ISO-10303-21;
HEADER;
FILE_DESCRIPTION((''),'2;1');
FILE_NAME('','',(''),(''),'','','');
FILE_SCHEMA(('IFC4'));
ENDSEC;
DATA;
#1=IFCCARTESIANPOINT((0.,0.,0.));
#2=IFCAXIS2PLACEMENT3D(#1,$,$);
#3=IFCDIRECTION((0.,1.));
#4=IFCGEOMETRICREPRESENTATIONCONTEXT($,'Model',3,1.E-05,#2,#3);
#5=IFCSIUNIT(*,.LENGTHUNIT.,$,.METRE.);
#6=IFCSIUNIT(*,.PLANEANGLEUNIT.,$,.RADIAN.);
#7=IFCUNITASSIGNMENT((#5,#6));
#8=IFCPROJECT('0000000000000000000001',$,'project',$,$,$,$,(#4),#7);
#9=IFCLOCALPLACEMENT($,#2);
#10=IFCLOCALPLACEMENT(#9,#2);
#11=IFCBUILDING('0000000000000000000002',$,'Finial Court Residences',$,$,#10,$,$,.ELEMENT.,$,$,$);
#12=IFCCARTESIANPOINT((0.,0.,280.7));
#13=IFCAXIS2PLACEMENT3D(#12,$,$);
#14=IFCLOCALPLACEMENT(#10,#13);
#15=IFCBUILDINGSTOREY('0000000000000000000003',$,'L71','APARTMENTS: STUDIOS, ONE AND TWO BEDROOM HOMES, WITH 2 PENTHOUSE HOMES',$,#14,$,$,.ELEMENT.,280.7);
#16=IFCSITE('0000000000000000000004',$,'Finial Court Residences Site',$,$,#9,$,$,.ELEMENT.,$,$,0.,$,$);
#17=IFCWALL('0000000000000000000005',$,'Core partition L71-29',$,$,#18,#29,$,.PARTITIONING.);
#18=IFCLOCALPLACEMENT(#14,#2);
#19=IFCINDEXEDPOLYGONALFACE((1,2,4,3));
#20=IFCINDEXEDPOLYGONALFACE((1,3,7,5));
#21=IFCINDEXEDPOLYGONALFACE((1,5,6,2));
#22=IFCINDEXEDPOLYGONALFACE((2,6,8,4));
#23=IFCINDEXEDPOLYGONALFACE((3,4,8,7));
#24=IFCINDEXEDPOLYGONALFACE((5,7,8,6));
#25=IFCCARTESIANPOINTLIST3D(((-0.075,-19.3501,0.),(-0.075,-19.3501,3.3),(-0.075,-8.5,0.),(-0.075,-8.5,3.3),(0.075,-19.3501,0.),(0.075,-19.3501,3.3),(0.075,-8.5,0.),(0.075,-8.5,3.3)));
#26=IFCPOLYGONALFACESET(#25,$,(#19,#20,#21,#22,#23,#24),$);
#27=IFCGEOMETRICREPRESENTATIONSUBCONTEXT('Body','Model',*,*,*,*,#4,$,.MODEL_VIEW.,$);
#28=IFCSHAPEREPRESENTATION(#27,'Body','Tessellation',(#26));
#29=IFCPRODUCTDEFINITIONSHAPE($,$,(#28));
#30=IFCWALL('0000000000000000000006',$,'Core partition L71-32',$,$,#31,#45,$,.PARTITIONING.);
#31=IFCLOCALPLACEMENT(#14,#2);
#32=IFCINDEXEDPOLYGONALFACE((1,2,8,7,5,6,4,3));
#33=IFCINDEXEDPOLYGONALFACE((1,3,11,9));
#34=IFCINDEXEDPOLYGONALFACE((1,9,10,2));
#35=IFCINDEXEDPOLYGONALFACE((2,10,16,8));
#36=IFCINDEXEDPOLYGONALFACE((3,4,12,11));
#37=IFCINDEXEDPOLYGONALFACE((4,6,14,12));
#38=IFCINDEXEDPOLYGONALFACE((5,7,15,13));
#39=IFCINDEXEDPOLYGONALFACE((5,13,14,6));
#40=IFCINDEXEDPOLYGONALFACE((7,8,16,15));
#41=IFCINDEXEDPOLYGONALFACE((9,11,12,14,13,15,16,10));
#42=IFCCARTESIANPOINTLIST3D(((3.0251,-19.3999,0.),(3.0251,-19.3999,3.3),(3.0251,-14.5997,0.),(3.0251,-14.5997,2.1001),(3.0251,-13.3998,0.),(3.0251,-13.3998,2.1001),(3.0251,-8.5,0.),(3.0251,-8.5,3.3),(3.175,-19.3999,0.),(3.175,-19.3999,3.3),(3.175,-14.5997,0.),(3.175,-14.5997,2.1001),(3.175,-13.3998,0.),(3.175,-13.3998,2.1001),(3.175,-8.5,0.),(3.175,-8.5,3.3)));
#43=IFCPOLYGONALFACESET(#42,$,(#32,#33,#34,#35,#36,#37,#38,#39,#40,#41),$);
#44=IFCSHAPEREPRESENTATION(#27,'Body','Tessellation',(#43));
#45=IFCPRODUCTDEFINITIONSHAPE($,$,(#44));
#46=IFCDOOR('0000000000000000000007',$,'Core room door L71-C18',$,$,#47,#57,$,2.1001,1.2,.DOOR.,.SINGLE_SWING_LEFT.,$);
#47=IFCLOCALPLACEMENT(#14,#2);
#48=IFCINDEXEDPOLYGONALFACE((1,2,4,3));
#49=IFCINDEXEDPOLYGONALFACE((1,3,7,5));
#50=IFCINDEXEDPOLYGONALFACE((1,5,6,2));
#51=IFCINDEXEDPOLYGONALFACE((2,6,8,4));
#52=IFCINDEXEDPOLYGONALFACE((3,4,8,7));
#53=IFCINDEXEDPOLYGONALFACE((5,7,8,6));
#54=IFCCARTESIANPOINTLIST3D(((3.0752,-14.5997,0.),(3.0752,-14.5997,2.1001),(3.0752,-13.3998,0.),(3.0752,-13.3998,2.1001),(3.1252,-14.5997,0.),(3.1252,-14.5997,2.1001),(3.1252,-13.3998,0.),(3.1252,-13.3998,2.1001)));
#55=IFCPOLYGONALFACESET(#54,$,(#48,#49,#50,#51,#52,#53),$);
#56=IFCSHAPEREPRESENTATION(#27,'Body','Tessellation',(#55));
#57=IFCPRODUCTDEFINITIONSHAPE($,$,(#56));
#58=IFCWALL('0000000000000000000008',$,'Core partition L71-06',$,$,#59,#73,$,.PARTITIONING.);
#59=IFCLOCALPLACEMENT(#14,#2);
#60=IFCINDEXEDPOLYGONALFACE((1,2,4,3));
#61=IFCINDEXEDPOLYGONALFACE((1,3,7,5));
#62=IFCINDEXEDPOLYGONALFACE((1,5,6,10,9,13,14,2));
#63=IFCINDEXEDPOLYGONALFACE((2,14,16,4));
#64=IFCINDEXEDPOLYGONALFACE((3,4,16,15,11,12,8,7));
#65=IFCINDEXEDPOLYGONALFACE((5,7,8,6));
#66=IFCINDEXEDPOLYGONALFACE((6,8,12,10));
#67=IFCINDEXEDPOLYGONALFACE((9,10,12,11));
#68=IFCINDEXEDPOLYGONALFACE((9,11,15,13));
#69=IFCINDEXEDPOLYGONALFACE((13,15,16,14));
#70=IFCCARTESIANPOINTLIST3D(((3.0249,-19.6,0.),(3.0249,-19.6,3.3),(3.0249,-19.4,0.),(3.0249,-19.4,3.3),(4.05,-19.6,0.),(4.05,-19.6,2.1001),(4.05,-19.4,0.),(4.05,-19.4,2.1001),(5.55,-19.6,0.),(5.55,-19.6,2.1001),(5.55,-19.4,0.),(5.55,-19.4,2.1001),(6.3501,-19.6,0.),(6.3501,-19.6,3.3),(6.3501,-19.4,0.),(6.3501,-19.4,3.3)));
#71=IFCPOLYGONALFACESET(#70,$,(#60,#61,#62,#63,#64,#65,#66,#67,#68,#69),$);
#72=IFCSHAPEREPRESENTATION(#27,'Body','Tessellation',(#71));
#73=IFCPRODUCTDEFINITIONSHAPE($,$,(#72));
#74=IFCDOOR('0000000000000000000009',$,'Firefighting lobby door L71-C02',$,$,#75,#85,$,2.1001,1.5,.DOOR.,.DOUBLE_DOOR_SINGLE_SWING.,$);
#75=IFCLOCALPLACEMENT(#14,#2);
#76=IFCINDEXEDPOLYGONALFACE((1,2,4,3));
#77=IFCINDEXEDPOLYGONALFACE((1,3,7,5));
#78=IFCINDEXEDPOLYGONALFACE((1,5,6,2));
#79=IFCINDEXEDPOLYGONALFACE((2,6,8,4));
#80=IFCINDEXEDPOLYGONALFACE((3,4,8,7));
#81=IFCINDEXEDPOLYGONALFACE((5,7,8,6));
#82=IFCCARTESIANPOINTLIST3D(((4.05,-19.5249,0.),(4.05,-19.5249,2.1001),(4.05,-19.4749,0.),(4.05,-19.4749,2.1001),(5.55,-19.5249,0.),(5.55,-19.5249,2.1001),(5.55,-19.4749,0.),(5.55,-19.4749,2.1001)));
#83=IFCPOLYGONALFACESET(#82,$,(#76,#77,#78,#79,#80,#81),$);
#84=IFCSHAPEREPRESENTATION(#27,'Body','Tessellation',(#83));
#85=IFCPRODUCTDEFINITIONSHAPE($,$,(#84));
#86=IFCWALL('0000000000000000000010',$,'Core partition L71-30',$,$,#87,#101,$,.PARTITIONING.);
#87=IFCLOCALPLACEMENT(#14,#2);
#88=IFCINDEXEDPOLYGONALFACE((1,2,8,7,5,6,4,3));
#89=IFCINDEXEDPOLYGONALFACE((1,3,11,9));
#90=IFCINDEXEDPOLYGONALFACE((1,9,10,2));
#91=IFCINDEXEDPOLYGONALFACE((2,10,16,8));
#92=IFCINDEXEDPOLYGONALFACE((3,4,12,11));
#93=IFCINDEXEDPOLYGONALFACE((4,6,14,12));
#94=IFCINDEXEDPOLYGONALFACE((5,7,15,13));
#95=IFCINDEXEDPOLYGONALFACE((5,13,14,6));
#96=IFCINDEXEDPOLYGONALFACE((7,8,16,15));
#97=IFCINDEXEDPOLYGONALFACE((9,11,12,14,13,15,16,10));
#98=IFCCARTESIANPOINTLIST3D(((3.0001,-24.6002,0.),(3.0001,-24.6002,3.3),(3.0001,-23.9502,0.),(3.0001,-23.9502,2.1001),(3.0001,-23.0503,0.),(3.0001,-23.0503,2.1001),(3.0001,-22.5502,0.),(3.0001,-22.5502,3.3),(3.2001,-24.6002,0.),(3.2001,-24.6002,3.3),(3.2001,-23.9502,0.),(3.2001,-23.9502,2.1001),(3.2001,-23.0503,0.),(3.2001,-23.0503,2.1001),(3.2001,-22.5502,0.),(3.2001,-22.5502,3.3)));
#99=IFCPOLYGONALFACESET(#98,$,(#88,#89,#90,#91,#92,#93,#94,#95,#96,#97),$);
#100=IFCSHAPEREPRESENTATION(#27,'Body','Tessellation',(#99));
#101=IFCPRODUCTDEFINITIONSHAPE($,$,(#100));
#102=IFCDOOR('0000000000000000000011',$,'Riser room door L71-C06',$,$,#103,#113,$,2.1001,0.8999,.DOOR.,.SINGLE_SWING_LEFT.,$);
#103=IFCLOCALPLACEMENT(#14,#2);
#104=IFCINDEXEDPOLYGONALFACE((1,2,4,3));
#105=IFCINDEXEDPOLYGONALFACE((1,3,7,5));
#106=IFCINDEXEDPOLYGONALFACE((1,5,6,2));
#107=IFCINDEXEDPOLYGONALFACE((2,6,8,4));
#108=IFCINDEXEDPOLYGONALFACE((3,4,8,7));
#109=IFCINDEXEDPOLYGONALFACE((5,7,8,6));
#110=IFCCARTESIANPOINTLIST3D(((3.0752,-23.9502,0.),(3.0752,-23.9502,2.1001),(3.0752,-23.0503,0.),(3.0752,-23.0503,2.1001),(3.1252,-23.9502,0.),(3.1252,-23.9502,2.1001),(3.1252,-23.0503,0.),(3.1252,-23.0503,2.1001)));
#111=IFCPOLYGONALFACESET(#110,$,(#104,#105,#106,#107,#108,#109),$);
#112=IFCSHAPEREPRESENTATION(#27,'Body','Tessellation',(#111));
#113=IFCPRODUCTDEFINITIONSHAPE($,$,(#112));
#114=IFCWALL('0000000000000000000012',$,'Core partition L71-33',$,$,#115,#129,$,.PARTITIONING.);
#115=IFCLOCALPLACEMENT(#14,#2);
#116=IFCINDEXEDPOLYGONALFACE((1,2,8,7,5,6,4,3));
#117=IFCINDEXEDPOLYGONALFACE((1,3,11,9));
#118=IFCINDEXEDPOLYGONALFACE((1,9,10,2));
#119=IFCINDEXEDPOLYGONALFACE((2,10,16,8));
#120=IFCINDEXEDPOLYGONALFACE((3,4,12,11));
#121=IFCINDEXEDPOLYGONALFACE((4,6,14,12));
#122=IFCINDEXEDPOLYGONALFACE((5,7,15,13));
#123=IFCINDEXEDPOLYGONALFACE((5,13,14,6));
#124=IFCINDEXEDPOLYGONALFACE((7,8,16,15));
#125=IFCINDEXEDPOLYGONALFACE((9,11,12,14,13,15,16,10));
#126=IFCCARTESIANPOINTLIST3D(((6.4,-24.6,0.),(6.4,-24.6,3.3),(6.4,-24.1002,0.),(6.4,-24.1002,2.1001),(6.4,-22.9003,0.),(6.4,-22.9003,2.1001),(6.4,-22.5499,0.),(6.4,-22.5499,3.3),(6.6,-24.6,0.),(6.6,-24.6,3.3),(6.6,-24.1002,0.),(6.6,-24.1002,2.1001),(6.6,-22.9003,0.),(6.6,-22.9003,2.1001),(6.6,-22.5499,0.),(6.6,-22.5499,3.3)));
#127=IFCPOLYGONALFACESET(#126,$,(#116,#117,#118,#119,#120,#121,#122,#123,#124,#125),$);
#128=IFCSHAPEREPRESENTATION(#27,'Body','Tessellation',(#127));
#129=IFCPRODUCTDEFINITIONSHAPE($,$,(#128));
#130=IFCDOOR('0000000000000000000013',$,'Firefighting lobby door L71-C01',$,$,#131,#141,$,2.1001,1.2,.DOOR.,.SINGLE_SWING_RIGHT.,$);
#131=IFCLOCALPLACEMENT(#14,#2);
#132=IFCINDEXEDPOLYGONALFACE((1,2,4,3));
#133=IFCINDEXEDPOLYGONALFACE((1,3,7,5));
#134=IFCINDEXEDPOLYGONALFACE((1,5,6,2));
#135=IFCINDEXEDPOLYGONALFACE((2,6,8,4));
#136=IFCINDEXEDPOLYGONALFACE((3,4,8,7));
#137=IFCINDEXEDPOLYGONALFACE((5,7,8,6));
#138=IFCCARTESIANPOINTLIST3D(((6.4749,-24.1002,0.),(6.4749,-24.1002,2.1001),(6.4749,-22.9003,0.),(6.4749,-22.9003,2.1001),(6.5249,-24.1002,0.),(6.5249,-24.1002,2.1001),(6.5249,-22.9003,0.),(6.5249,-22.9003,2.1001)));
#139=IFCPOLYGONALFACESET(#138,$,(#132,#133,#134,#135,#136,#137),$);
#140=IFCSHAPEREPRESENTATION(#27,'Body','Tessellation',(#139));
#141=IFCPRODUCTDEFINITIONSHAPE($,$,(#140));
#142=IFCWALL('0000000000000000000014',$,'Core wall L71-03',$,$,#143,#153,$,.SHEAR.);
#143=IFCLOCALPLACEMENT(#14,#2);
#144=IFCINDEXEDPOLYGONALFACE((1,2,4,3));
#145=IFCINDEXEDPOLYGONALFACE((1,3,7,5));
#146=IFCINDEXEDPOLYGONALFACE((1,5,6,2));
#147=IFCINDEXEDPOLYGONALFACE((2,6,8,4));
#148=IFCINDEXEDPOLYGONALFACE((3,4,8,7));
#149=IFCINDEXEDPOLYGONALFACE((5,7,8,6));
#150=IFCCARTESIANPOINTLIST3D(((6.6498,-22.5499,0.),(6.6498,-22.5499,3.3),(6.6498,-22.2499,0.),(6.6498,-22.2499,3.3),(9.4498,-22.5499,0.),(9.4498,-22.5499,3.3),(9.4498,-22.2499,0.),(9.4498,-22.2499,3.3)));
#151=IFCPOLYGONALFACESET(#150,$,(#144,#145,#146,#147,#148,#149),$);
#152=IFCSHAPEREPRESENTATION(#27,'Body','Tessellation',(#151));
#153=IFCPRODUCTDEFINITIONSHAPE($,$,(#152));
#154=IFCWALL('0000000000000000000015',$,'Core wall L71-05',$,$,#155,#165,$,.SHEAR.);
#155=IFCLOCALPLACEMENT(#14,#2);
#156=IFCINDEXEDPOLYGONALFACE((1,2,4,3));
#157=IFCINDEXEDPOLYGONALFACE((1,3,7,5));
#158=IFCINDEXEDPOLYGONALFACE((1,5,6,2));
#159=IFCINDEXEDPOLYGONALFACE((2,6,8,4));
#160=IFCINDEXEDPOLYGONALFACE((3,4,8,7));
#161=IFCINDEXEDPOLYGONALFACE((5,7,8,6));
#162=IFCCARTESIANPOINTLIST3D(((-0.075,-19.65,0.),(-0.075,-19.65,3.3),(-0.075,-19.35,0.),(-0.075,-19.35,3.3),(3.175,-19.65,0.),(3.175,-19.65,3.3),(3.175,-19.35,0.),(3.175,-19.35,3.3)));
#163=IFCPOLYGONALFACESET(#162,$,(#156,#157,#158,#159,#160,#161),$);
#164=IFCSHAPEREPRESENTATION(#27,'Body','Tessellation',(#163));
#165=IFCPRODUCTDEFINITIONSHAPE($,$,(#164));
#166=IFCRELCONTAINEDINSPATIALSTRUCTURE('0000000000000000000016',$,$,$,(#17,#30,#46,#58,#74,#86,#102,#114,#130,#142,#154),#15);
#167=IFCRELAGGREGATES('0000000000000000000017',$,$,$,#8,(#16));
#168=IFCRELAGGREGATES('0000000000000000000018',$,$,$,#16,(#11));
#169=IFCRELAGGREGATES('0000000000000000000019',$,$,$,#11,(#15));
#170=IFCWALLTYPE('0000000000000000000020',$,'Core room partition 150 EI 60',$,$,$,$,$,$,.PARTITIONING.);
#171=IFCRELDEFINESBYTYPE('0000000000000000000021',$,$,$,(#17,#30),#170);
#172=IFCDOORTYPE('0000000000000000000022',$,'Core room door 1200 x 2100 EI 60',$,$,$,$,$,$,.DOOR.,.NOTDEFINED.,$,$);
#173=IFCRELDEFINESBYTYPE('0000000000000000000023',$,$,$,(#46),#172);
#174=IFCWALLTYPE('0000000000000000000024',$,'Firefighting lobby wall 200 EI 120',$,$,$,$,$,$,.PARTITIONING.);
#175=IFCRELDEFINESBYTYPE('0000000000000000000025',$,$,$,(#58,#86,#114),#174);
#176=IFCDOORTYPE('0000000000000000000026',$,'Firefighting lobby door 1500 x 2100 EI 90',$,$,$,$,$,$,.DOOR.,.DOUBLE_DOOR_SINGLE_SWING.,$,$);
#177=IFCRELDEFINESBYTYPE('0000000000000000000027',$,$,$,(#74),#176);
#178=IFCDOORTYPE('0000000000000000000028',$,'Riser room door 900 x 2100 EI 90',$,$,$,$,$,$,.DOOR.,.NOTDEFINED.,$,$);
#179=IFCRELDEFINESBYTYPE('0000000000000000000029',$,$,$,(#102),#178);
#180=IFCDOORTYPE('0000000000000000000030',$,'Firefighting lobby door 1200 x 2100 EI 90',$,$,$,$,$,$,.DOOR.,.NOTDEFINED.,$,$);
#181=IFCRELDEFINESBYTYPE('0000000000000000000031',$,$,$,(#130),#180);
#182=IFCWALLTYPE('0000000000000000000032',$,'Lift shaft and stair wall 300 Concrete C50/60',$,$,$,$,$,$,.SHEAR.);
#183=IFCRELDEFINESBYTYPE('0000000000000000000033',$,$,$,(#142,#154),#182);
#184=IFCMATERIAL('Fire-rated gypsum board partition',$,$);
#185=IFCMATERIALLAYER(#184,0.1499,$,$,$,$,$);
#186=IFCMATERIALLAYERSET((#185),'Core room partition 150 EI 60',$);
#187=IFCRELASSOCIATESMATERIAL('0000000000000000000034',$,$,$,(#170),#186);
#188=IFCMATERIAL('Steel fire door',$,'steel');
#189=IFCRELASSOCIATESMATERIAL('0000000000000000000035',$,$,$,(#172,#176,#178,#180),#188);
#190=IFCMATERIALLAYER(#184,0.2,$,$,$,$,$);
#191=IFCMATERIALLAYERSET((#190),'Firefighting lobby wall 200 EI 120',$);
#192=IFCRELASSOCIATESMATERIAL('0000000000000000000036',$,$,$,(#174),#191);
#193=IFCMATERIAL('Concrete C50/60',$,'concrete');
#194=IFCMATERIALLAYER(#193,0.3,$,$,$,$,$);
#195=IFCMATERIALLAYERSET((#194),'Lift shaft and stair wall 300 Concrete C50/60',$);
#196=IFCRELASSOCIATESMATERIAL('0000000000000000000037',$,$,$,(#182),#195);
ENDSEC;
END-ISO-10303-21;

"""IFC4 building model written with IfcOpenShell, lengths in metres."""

from ifc_helpers import new_model, si_unit, direction, frame, frame_2d, origin, place, context, subcontext, project, spatial, rectangle, extrude, material, layer, layer_set, type_object, element, fill, save


model = new_model("IFC4")

# Units and contexts
model_context = context("Model", 3, precision=1e-05, world=origin(), true_north=direction((0.0, 1.0)))
body_context = subcontext(model_context, "Body", "Model", "MODEL_VIEW")
ifc_project = project(units=[si_unit("LENGTHUNIT", "METRE"), si_unit("PLANEANGLEUNIT", "RADIAN")], contexts=[model_context])

# Site, building, storey
site_placement = place(None, origin())
site = spatial("IfcSite", under=ifc_project, at=site_placement, Name="Finial Court Residences Site", CompositionType="ELEMENT", RefElevation=0.0)
building_placement = place(site_placement, origin())
building = spatial("IfcBuilding", under=site, at=building_placement, Name="Finial Court Residences", CompositionType="ELEMENT")
storey_placement = place(building_placement, frame((0.0, 0.0, 280.7)))
storey = spatial("IfcBuildingStorey", under=building, at=storey_placement, Name="L71", Description="APARTMENTS: STUDIOS, ONE AND TWO BEDROOM HOMES, WITH 2 PENTHOUSE HOMES", CompositionType="ELEMENT", Elevation=280.7)

# Wall
ifc_material_1 = material(Name="Fire-rated gypsum board partition")
ifc_layer_1 = layer(ifc_material_1, 0.1499)
ifc_layer_set_1 = layer_set([ifc_layer_1], Name="Core room partition 150 EI 60")
wall_type_1 = type_object("IfcWallType", Name="Core room partition 150 EI 60", PredefinedType="PARTITIONING", material=ifc_layer_set_1)
wall_1_placement = place(storey_placement, frame((0.0, -19.3501, 0.0), z_axis=(0.0, 0.0, 1.0), x_axis=(0.0, 1.0, 0.0)))
element("IfcWall", 1, at=wall_1_placement, inside=storey, type_object=wall_type_1, Name="Core partition L71-29", PredefinedType="PARTITIONING", context=body_context, shape_type="SweptSolid", body=[
    extrude(rectangle(XDim=10.8501, YDim=0.1499, at=frame_2d((5.425, 0.0))), origin(), (0.0, 0.0, 1.0), 3.3),
])

# Walls, openings, doors
wall_2_placement = place(storey_placement, frame((3.1001, -19.3999, 0.0), z_axis=(0.0, 0.0, 1.0), x_axis=(0.0, 1.0, 0.0)))
wall_2 = element("IfcWall", 2, at=wall_2_placement, inside=storey, type_object=wall_type_1, Name="Core partition L71-32", PredefinedType="PARTITIONING", context=body_context, shape_type="SweptSolid", body=[
    extrude(rectangle(XDim=10.8999, YDim=0.1499, at=frame_2d((5.45, 0.0))), origin(), (0.0, 0.0, 1.0), 3.3),
])
opening_1_placement = place(wall_2_placement, frame((4.8, 0.0, 0.0)))
opening_1 = element("IfcOpeningElement", 3, at=opening_1_placement, cuts=wall_2, PredefinedType="OPENING", context=body_context, shape_type="SweptSolid", body=[
    extrude(rectangle(XDim=1.2, YDim=2.1001, at=frame_2d((0.6001, 1.05))), frame((0.0, 0.085, 0.0), z_axis=(0.0, -1.0, 0.0), x_axis=(1.0, 0.0, 0.0)), (0.0, 0.0, 1.0), 0.1699),
])
ifc_material_2 = material(Name="Steel fire door", Category="steel")
door_type_1 = type_object("IfcDoorType", Name="Core room door 1200 x 2100 EI 60", OperationType="NOTDEFINED", PredefinedType="DOOR", material=ifc_material_2)
door_1_placement = place(opening_1_placement, origin())
door_1 = element("IfcDoor", 4, at=door_1_placement, inside=storey, type_object=door_type_1, Name="Core room door L71-C18", OperationType="SINGLE_SWING_LEFT", OverallHeight=2.1001, OverallWidth=1.2, PredefinedType="DOOR", context=body_context, shape_type="SweptSolid", body=[
    extrude(rectangle(XDim=1.2, YDim=2.1001, at=frame_2d((0.6001, 1.05))), frame((0.0, 0.0249, 0.0), z_axis=(0.0, -1.0, 0.0), x_axis=(1.0, 0.0, 0.0)), (0.0, 0.0, 1.0), 0.05),
])
fill(opening_1, door_1)
ifc_layer_2 = layer(ifc_material_1, 0.2)
ifc_layer_set_2 = layer_set([ifc_layer_2], Name="Firefighting lobby wall 200 EI 120")
wall_type_2 = type_object("IfcWallType", Name="Firefighting lobby wall 200 EI 120", PredefinedType="PARTITIONING", material=ifc_layer_set_2)
wall_3_placement = place(storey_placement, frame((6.3501, -19.5, 0.0), z_axis=(0.0, 0.0, 1.0), x_axis=(-1.0, 0.0, 0.0)))
wall_3 = element("IfcWall", 5, at=wall_3_placement, inside=storey, type_object=wall_type_2, Name="Core partition L71-06", PredefinedType="PARTITIONING", context=body_context, shape_type="SweptSolid", body=[
    extrude(rectangle(XDim=3.3252, YDim=0.2, at=frame_2d((1.6626, 0.0))), origin(), (0.0, 0.0, 1.0), 3.3),
])
opening_2_placement = place(wall_3_placement, frame((0.8, 0.0, 0.0)))
opening_2 = element("IfcOpeningElement", 6, at=opening_2_placement, cuts=wall_3, PredefinedType="OPENING", context=body_context, shape_type="SweptSolid", body=[
    extrude(rectangle(XDim=1.5, YDim=2.1001, at=frame_2d((0.75, 1.05))), frame((0.0, 0.1099, 0.0), z_axis=(0.0, -1.0, 0.0), x_axis=(1.0, 0.0, 0.0)), (0.0, 0.0, 1.0), 0.22),
])
door_type_2 = type_object("IfcDoorType", Name="Firefighting lobby door 1500 x 2100 EI 90", OperationType="DOUBLE_DOOR_SINGLE_SWING", PredefinedType="DOOR", material=ifc_material_2)
door_2_placement = place(opening_2_placement, origin())
door_2 = element("IfcDoor", 7, at=door_2_placement, inside=storey, type_object=door_type_2, Name="Firefighting lobby door L71-C02", OperationType="DOUBLE_DOOR_SINGLE_SWING", OverallHeight=2.1001, OverallWidth=1.5, PredefinedType="DOOR", context=body_context, shape_type="SweptSolid", body=[
    extrude(rectangle(XDim=1.5, YDim=2.1001, at=frame_2d((0.75, 1.05))), frame((0.0, 0.0249, 0.0), z_axis=(0.0, -1.0, 0.0), x_axis=(1.0, 0.0, 0.0)), (0.0, 0.0, 1.0), 0.05),
])
fill(opening_2, door_2)
wall_4_placement = place(storey_placement, frame((3.1001, -24.6001, 0.0), z_axis=(0.0, 0.0, 1.0), x_axis=(0.0, 1.0, 0.0)))
wall_4 = element("IfcWall", 8, at=wall_4_placement, inside=storey, type_object=wall_type_2, Name="Core partition L71-30", PredefinedType="PARTITIONING", context=body_context, shape_type="SweptSolid", body=[
    extrude(rectangle(XDim=2.05, YDim=0.2, at=frame_2d((1.0249, 0.0))), origin(), (0.0, 0.0, 1.0), 3.3),
])
opening_3_placement = place(wall_4_placement, frame((0.6499, 0.0, 0.0)))
opening_3 = element("IfcOpeningElement", 9, at=opening_3_placement, cuts=wall_4, PredefinedType="OPENING", context=body_context, shape_type="SweptSolid", body=[
    extrude(rectangle(XDim=0.8999, YDim=2.1001, at=frame_2d((0.45, 1.05))), frame((0.0, 0.1099, 0.0), z_axis=(0.0, -1.0, 0.0), x_axis=(1.0, 0.0, 0.0)), (0.0, 0.0, 1.0), 0.22),
])
door_type_3 = type_object("IfcDoorType", Name="Riser room door 900 x 2100 EI 90", OperationType="NOTDEFINED", PredefinedType="DOOR", material=ifc_material_2)
door_3_placement = place(opening_3_placement, origin())
door_3 = element("IfcDoor", 10, at=door_3_placement, inside=storey, type_object=door_type_3, Name="Riser room door L71-C06", OperationType="SINGLE_SWING_LEFT", OverallHeight=2.1001, OverallWidth=0.8999, PredefinedType="DOOR", context=body_context, shape_type="SweptSolid", body=[
    extrude(rectangle(XDim=0.8999, YDim=2.1001, at=frame_2d((0.45, 1.05))), frame((0.0, 0.0249, 0.0), z_axis=(0.0, -1.0, 0.0), x_axis=(1.0, 0.0, 0.0)), (0.0, 0.0, 1.0), 0.05),
])
fill(opening_3, door_3)
wall_5_placement = place(storey_placement, frame((6.5, -22.55, 0.0), z_axis=(0.0, 0.0, 1.0), x_axis=(0.0, -1.0, 0.0)))
wall_5 = element("IfcWall", 11, at=wall_5_placement, inside=storey, type_object=wall_type_2, Name="Core partition L71-33", PredefinedType="PARTITIONING", context=body_context, shape_type="SweptSolid", body=[
    extrude(rectangle(XDim=2.05, YDim=0.2, at=frame_2d((1.0249, 0.0))), origin(), (0.0, 0.0, 1.0), 3.3),
])
opening_4_placement = place(wall_5_placement, frame((0.3501, 0.0, 0.0)))
opening_4 = element("IfcOpeningElement", 12, at=opening_4_placement, cuts=wall_5, PredefinedType="OPENING", context=body_context, shape_type="SweptSolid", body=[
    extrude(rectangle(XDim=1.2, YDim=2.1001, at=frame_2d((0.6001, 1.05))), frame((0.0, 0.1099, 0.0), z_axis=(0.0, -1.0, 0.0), x_axis=(1.0, 0.0, 0.0)), (0.0, 0.0, 1.0), 0.22),
])
door_type_4 = type_object("IfcDoorType", Name="Firefighting lobby door 1200 x 2100 EI 90", OperationType="NOTDEFINED", PredefinedType="DOOR", material=ifc_material_2)
door_4_placement = place(opening_4_placement, origin())
door_4 = element("IfcDoor", 13, at=door_4_placement, inside=storey, type_object=door_type_4, Name="Firefighting lobby door L71-C01", OperationType="SINGLE_SWING_RIGHT", OverallHeight=2.1001, OverallWidth=1.2, PredefinedType="DOOR", context=body_context, shape_type="SweptSolid", body=[
    extrude(rectangle(XDim=1.2, YDim=2.1001, at=frame_2d((0.6001, 1.05))), frame((0.0, 0.0249, 0.0), z_axis=(0.0, -1.0, 0.0), x_axis=(1.0, 0.0, 0.0)), (0.0, 0.0, 1.0), 0.05),
])
fill(opening_4, door_4)

# Walls
ifc_material_3 = material(Name="Concrete C50/60", Category="concrete")
ifc_layer_3 = layer(ifc_material_3, 0.3)
ifc_layer_set_3 = layer_set([ifc_layer_3], Name="Lift shaft and stair wall 300 Concrete C50/60")
wall_type_3 = type_object("IfcWallType", Name="Lift shaft and stair wall 300 Concrete C50/60", PredefinedType="SHEAR", material=ifc_layer_set_3)
wall_6_placement = place(storey_placement, frame((6.6499, -22.3999, 0.0), z_axis=(0.0, 0.0, 1.0), x_axis=(1.0, 0.0, 0.0)))
element("IfcWall", 14, at=wall_6_placement, inside=storey, type_object=wall_type_3, Name="Core wall L71-03", PredefinedType="SHEAR", context=body_context, shape_type="SweptSolid", body=[
    extrude(rectangle(XDim=2.8, YDim=0.3, at=frame_2d((1.3999, 0.0))), origin(), (0.0, 0.0, 1.0), 3.3),
])
wall_7_placement = place(storey_placement, frame((-0.075, -19.5, 0.0), z_axis=(0.0, 0.0, 1.0), x_axis=(1.0, 0.0, 0.0)))
element("IfcWall", 15, at=wall_7_placement, inside=storey, type_object=wall_type_3, Name="Core wall L71-05", PredefinedType="SHEAR", context=body_context, shape_type="SweptSolid", body=[
    extrude(rectangle(XDim=3.25, YDim=0.3, at=frame_2d((1.625, 0.0))), origin(), (0.0, 0.0, 1.0), 3.3),
])

save(model, "model.ifc")
